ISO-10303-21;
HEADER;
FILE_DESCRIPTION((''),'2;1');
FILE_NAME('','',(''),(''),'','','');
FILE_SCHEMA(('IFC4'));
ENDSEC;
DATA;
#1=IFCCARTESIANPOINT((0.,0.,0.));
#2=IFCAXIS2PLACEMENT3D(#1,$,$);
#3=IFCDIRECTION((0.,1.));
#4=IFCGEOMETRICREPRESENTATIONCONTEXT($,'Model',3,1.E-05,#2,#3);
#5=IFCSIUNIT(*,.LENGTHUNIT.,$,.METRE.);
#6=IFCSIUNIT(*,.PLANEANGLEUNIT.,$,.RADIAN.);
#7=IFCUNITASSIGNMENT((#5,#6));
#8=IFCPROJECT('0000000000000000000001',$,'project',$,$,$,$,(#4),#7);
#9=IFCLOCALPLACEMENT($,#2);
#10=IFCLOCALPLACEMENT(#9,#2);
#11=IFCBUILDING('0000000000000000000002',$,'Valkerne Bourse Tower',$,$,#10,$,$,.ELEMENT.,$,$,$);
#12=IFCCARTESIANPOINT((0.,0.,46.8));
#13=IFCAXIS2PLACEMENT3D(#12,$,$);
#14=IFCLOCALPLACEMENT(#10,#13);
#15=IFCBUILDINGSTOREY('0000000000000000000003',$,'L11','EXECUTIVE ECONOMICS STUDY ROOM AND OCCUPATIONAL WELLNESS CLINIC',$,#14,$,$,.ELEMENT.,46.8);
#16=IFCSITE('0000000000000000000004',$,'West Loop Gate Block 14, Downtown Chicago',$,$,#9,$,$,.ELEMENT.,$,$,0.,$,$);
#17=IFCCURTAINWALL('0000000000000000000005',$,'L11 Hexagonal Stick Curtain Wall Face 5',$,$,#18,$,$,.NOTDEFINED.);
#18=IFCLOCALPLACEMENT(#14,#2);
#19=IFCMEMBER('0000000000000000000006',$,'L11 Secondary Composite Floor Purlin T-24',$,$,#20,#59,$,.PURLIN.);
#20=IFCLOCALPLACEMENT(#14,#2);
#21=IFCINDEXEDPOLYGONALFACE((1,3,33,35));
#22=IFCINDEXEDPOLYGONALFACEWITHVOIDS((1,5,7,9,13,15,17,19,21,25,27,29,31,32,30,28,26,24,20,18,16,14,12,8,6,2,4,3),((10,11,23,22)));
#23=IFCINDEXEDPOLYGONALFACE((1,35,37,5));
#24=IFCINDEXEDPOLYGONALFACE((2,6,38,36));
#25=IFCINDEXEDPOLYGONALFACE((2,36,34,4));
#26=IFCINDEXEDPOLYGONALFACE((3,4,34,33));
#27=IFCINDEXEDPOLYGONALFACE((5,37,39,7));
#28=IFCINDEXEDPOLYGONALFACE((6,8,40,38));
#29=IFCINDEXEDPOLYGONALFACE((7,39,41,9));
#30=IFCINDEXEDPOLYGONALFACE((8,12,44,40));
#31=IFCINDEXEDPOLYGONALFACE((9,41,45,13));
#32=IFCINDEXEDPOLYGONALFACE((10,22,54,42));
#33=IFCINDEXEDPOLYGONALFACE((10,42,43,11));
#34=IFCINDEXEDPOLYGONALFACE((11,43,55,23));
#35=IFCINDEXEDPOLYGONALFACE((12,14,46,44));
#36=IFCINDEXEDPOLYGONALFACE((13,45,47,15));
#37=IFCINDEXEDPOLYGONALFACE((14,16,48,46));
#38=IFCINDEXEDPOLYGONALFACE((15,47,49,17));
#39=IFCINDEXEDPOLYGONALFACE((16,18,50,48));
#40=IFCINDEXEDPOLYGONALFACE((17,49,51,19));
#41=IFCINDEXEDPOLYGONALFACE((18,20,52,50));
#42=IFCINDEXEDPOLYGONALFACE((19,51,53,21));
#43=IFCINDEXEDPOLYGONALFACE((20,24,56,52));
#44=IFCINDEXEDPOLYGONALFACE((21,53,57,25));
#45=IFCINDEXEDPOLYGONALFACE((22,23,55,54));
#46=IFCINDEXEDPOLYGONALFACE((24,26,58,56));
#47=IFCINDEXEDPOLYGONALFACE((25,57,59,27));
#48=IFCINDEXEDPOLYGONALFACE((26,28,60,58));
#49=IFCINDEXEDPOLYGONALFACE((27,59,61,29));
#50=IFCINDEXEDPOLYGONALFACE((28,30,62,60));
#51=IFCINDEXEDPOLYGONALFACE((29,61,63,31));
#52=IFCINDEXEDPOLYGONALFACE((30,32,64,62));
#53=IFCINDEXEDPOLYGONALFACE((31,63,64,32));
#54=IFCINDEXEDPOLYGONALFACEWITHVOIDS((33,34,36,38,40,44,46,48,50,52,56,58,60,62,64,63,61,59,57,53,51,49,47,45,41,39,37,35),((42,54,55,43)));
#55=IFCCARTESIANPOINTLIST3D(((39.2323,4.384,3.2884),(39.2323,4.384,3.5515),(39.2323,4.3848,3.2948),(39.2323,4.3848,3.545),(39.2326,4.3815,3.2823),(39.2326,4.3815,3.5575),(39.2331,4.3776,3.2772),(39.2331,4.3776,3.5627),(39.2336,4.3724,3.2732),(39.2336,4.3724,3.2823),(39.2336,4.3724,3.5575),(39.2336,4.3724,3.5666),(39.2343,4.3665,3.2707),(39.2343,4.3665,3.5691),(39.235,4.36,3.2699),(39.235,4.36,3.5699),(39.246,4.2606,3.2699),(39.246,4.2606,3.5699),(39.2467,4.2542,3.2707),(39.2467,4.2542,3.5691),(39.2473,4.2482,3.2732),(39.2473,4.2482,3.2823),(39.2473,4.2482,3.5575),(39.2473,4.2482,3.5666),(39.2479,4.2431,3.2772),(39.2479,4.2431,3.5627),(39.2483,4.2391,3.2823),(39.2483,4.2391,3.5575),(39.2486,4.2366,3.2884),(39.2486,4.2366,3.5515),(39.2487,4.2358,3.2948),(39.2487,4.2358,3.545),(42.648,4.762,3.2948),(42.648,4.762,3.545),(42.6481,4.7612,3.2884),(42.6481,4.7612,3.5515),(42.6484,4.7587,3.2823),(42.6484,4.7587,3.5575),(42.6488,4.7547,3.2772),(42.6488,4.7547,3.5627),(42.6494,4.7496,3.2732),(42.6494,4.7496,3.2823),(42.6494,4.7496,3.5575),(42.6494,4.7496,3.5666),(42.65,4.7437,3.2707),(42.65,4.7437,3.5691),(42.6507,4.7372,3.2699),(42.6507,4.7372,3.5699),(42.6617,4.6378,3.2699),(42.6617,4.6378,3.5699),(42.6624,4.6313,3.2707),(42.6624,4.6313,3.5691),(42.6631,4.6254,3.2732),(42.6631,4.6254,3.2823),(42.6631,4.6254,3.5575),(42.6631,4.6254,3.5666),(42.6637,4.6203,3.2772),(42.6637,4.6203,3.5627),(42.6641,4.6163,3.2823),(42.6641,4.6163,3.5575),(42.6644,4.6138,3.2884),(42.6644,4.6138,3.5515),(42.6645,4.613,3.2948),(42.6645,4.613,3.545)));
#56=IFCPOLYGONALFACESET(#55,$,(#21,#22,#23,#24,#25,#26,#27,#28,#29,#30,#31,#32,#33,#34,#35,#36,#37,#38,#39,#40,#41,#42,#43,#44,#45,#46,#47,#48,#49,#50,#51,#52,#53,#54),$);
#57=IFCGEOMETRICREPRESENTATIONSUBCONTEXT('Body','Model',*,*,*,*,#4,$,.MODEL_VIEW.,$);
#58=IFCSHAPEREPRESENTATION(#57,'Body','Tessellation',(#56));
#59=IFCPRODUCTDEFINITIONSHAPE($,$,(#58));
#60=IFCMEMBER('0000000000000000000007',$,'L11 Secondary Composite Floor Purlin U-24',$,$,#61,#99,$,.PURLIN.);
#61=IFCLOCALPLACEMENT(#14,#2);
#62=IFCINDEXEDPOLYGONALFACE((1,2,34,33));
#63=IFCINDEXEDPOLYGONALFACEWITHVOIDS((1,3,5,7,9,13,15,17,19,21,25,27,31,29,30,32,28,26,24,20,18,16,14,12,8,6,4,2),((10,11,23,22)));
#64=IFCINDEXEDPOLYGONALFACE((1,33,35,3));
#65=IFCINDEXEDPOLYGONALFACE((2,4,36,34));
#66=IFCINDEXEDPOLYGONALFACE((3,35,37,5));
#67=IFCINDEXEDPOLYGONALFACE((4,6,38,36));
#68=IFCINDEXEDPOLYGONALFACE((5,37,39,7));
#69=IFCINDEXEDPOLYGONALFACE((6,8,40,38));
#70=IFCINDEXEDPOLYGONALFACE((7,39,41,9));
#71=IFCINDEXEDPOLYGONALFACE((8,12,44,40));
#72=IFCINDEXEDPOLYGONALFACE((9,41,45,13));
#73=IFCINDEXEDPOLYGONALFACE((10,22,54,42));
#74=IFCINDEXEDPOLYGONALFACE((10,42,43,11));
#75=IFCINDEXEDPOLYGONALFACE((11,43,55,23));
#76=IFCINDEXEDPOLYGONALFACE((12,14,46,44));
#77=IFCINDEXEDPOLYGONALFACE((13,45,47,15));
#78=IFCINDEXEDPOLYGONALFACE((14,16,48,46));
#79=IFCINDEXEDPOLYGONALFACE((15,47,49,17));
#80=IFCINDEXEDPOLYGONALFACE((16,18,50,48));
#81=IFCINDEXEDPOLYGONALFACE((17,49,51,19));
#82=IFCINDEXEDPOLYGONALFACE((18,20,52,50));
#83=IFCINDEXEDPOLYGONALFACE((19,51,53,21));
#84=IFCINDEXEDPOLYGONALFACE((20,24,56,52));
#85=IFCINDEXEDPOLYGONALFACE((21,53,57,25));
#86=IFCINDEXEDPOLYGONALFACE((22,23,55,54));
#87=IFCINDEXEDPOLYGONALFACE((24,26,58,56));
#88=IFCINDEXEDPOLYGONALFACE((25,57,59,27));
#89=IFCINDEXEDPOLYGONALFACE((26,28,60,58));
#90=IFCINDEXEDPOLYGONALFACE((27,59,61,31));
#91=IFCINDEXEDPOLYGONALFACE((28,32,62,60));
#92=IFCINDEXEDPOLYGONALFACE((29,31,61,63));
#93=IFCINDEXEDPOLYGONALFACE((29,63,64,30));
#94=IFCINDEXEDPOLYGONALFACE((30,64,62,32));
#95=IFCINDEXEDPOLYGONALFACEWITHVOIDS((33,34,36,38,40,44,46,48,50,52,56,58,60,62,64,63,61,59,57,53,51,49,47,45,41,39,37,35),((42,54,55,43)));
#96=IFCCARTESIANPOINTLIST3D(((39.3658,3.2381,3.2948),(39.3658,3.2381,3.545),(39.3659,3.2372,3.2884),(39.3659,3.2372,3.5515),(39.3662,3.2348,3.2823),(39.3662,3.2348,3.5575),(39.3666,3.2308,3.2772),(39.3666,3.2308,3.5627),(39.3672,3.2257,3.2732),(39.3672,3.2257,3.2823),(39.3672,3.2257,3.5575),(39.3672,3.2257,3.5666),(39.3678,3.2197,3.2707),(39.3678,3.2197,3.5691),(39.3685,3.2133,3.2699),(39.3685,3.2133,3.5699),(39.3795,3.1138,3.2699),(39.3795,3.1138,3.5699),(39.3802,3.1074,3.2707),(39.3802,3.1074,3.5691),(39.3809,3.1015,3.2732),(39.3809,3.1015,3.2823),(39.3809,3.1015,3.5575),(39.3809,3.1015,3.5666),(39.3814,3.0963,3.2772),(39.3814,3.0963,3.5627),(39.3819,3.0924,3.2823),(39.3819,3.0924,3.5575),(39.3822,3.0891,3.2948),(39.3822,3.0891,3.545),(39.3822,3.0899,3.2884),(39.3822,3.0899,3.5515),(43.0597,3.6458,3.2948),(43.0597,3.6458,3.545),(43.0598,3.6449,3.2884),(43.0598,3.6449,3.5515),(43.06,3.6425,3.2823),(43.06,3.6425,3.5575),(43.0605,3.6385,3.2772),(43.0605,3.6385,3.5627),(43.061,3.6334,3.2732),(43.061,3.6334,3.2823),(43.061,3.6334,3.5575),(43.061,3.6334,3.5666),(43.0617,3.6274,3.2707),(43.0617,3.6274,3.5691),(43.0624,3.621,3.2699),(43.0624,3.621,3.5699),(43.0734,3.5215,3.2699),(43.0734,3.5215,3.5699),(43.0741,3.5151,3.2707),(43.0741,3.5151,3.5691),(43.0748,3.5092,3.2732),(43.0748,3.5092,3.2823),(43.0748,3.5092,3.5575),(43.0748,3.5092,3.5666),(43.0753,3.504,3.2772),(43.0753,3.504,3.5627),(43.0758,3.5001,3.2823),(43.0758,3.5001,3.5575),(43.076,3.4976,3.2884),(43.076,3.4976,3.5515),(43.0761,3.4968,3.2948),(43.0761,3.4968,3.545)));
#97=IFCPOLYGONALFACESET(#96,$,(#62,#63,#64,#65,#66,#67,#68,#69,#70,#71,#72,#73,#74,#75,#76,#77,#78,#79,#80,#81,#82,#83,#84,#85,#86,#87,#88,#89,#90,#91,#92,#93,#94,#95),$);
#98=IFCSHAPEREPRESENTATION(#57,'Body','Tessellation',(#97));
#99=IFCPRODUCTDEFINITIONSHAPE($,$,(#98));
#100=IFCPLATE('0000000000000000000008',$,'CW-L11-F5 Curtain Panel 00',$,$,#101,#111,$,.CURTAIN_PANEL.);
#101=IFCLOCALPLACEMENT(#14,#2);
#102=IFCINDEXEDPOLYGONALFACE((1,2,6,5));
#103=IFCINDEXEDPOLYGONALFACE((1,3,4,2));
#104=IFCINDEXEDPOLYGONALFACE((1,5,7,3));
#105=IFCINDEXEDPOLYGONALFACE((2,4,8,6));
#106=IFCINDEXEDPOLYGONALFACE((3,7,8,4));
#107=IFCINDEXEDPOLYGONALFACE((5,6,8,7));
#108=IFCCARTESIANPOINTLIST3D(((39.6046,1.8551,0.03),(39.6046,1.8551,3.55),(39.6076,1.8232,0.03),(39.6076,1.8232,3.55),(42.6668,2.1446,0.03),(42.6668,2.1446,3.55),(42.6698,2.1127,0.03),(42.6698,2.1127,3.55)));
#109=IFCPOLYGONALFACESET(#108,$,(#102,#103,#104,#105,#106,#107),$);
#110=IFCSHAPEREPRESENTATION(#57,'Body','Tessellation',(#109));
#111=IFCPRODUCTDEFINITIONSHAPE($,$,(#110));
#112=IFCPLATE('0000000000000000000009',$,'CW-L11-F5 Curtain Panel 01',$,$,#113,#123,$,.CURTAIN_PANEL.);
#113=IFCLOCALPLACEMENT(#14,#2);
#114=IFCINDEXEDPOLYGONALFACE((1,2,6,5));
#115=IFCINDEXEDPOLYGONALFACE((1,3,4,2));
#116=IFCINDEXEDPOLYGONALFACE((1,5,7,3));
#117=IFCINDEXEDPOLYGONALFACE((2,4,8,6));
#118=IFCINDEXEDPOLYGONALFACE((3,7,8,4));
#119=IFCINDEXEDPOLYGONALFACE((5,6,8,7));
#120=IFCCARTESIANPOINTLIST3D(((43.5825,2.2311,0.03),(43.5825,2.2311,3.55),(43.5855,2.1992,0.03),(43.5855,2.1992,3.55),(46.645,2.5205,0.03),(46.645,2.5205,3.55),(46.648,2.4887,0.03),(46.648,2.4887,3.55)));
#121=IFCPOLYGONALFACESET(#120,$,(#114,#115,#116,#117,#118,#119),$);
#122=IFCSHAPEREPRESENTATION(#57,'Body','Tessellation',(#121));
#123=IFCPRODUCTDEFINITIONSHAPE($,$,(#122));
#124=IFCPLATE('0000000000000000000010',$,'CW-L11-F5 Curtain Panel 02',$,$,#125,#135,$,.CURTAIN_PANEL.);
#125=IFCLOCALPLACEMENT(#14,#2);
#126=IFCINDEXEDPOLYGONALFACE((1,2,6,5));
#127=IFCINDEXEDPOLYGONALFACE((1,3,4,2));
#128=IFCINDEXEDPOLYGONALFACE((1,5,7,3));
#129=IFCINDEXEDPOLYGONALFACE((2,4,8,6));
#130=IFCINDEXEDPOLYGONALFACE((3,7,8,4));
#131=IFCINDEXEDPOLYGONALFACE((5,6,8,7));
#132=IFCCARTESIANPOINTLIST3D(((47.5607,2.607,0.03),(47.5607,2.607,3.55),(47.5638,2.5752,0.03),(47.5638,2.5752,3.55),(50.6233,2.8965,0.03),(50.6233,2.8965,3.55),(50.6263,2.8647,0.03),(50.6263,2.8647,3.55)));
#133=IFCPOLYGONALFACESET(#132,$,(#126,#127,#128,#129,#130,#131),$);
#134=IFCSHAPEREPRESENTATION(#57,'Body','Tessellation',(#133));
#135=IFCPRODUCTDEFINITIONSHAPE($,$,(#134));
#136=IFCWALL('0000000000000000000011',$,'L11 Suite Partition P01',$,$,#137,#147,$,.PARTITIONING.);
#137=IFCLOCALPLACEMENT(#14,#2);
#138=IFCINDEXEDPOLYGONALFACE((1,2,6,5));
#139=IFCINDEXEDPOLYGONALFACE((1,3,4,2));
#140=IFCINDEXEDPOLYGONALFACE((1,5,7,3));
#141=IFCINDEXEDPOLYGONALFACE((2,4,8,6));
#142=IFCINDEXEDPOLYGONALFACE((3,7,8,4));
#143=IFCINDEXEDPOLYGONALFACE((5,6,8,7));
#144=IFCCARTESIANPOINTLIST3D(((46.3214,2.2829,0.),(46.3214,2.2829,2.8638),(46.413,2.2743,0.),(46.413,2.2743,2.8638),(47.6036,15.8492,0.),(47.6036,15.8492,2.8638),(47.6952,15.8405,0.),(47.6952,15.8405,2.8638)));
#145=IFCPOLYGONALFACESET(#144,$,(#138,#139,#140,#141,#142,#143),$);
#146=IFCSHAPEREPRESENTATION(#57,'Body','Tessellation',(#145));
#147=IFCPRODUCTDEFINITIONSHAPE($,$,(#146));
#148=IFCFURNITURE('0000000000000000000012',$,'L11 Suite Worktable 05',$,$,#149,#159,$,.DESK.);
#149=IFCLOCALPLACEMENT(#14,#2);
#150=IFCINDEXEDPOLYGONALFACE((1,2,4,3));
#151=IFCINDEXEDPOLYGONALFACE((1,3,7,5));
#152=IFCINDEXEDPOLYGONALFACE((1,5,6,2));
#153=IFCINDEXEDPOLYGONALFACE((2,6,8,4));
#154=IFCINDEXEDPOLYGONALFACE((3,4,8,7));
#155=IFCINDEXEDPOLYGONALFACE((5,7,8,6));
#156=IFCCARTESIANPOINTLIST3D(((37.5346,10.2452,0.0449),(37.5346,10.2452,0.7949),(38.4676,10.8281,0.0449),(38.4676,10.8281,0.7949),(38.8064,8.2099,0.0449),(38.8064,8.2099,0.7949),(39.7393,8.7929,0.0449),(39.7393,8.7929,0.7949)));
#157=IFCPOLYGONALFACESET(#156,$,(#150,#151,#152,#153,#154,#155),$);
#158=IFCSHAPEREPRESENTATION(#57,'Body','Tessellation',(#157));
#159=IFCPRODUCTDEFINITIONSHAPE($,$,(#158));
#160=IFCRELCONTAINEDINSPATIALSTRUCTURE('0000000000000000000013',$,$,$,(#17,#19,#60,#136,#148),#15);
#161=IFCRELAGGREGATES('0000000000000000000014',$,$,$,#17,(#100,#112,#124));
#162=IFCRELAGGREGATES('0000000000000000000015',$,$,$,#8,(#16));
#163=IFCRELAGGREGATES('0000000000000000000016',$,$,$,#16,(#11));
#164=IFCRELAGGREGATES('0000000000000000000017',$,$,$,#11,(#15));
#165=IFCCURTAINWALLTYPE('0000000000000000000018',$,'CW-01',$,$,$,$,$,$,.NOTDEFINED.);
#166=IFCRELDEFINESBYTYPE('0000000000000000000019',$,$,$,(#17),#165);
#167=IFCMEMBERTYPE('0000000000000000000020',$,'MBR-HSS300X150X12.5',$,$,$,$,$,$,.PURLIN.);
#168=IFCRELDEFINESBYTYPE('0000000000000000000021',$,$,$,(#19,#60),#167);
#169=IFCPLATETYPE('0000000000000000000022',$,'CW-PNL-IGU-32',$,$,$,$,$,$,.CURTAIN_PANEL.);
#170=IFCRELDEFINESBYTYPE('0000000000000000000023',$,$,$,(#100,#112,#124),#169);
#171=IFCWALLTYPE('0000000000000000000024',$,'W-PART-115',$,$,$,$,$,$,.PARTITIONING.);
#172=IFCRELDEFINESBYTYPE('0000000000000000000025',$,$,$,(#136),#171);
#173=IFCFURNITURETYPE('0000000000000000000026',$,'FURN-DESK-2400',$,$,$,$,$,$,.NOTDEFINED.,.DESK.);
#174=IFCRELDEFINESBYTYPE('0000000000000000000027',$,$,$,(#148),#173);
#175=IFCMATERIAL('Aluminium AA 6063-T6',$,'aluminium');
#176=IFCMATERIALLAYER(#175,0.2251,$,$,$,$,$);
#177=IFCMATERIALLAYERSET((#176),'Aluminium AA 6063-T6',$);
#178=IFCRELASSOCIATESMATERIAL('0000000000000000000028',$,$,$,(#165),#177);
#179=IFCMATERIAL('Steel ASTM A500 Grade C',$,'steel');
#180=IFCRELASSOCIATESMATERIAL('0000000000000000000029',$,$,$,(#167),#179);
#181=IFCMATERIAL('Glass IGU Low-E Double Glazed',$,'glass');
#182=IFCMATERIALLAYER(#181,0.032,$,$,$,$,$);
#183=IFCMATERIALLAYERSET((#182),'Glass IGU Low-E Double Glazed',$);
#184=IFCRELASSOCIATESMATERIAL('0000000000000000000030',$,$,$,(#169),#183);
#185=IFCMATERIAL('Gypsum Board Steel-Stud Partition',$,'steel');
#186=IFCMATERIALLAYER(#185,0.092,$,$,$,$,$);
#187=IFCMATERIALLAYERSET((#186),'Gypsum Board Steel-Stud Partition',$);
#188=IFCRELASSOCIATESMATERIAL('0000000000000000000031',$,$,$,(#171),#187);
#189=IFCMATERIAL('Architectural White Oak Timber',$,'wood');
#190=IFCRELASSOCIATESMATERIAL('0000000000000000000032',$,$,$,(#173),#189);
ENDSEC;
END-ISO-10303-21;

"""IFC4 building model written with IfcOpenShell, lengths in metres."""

from ifc_helpers import new_model, si_unit, direction, frame, frame_2d, origin, origin_2d, place, context, subcontext, project, spatial, rectangle, hollow_rectangle, extrude, material, layer, layer_set, material_profile, profile_set, type_object, element, aggregate, save


model = new_model("IFC4")

# Units and contexts
model_context = context("Model", 3, precision=1e-05, world=origin(), true_north=direction((0.0, 1.0)))
body_context = subcontext(model_context, "Body", "Model", "MODEL_VIEW")
ifc_project = project(units=[si_unit("LENGTHUNIT", "METRE"), si_unit("PLANEANGLEUNIT", "RADIAN")], contexts=[model_context])

# Site, building, storey
site_placement = place(None, origin())
site = spatial("IfcSite", under=ifc_project, at=site_placement, Name="West Loop Gate Block 14, Downtown Chicago", CompositionType="ELEMENT", RefElevation=0.0)
building_placement = place(site_placement, origin())
building = spatial("IfcBuilding", under=site, at=building_placement, Name="Valkerne Bourse Tower", CompositionType="ELEMENT")
storey_placement = place(building_placement, frame((0.0, 0.0, 46.8)))
storey = spatial("IfcBuildingStorey", under=building, at=storey_placement, Name="L11", Description="EXECUTIVE ECONOMICS STUDY ROOM AND OCCUPATIONAL WELLNESS CLINIC", CompositionType="ELEMENT", Elevation=46.8)

# Curtain wall
ifc_material_1 = material(Name="Aluminium AA 6063-T6", Category="aluminium")
ifc_layer_1 = layer(ifc_material_1, 0.2251)
ifc_layer_set_1 = layer_set([ifc_layer_1], Name="Aluminium AA 6063-T6")
curtain_wall_type = type_object("IfcCurtainWallType", Name="CW-01", PredefinedType="NOTDEFINED", material=ifc_layer_set_1)
curtain_wall_placement = place(storey_placement, origin())
curtain_wall = element("IfcCurtainWall", 1, at=curtain_wall_placement, inside=storey, type_object=curtain_wall_type, Name="L11 Hexagonal Stick Curtain Wall Face 5", PredefinedType="NOTDEFINED")

# Members
ifc_material_2 = material(Name="Steel ASTM A500 Grade C", Category="steel")
ifc_material_profile_1 = material_profile(ifc_material_2, hollow_rectangle(XDim=0.1499, YDim=0.3, WallThickness=0.0125, OuterFilletRadius=0.0249, at=origin_2d()), Name="HSS300X150X12.5")
ifc_profile_set_1 = profile_set([ifc_material_profile_1], Name="Steel ASTM A500 Grade C")
member_type_1 = type_object("IfcMemberType", Name="MBR-HSS300X150X12.5", PredefinedType="PURLIN", material=ifc_profile_set_1)
member_1_placement = place(storey_placement, frame((39.2405, 4.3103, 3.4199), z_axis=(0.993958, 0.109761, 0.0), x_axis=(-0.109761, 0.993958, 0.0)))
element("IfcMember", 2, at=member_1_placement, inside=storey, type_object=member_type_1, Name="L11 Secondary Composite Floor Purlin T-24", PredefinedType="PURLIN", context=body_context, shape_type="SweptSolid", body=[
    extrude(hollow_rectangle(XDim=0.1499, YDim=0.3, WallThickness=0.0125, OuterFilletRadius=0.0249, at=origin_2d()), origin(), (0.0, 0.0, 1.0), 3.4365),
])
member_2_placement = place(storey_placement, frame((39.374, 3.1636, 3.4199), z_axis=(0.993964, 0.10971, 0.0), x_axis=(-0.10971, 0.993964, 0.0)))
element("IfcMember", 3, at=member_2_placement, inside=storey, type_object=member_type_1, Name="L11 Secondary Composite Floor Purlin U-24", PredefinedType="PURLIN", context=body_context, shape_type="SweptSolid", body=[
    extrude(hollow_rectangle(XDim=0.1499, YDim=0.3, WallThickness=0.0125, OuterFilletRadius=0.0249, at=origin_2d()), origin(), (0.0, 0.0, 1.0), 3.7163),
])

# Plates
ifc_material_3 = material(Name="Glass IGU Low-E Double Glazed", Category="glass")
ifc_layer_2 = layer(ifc_material_3, 0.032)
ifc_layer_set_2 = layer_set([ifc_layer_2], Name="Glass IGU Low-E Double Glazed")
plate_type = type_object("IfcPlateType", Name="CW-PNL-IGU-32", PredefinedType="CURTAIN_PANEL", material=ifc_layer_set_2)
plate_1_placement = place(storey_placement, frame((41.1372, 1.9839, 0.03), z_axis=(0.0, 0.0, 1.0), x_axis=(0.995561, 0.094121, 0.0)))
plate_1 = element("IfcPlate", 4, at=plate_1_placement, type_object=plate_type, Name="CW-L11-F5 Curtain Panel 00", PredefinedType="CURTAIN_PANEL", context=body_context, shape_type="SweptSolid", body=[
    extrude(rectangle(XDim=3.0759, YDim=0.032, at=origin_2d()), origin(), (0.0, 0.0, 1.0), 3.52),
])
plate_2_placement = place(storey_placement, frame((45.1152, 2.3599, 0.03), z_axis=(0.0, 0.0, 1.0), x_axis=(0.995563, 0.094093, 0.0)))
plate_2 = element("IfcPlate", 5, at=plate_2_placement, type_object=plate_type, Name="CW-L11-F5 Curtain Panel 01", PredefinedType="CURTAIN_PANEL", context=body_context, shape_type="SweptSolid", body=[
    extrude(rectangle(XDim=3.0762, YDim=0.032, at=origin_2d()), origin(), (0.0, 0.0, 1.0), 3.52),
])
plate_3_placement = place(storey_placement, frame((49.0935, 2.7358, 0.03), z_axis=(0.0, 0.0, 1.0), x_axis=(0.995561, 0.094118, 0.0)))
plate_3 = element("IfcPlate", 6, at=plate_3_placement, type_object=plate_type, Name="CW-L11-F5 Curtain Panel 02", PredefinedType="CURTAIN_PANEL", context=body_context, shape_type="SweptSolid", body=[
    extrude(rectangle(XDim=3.0762, YDim=0.032, at=origin_2d()), origin(), (0.0, 0.0, 1.0), 3.52),
])
aggregate(curtain_wall, [plate_1, plate_2, plate_3])

# Wall
ifc_material_4 = material(Name="Gypsum Board Steel-Stud Partition", Category="steel")
ifc_layer_3 = layer(ifc_material_4, 0.092)
ifc_layer_set_3 = layer_set([ifc_layer_3], Name="Gypsum Board Steel-Stud Partition")
wall_type = type_object("IfcWallType", Name="W-PART-115", PredefinedType="PARTITIONING", material=ifc_layer_set_3)
wall_placement = place(storey_placement, frame((47.6494, 15.845, 0.0), z_axis=(0.0, 0.0, 1.0), x_axis=(-0.094097, -0.995563, 0.0)))
element("IfcWall", 7, at=wall_placement, inside=storey, type_object=wall_type, Name="L11 Suite Partition P01", PredefinedType="PARTITIONING", context=body_context, shape_type="SweptSolid", body=[
    extrude(rectangle(XDim=13.6267, YDim=0.092, at=frame_2d((6.8135, 0.0))), origin(), (0.0, 0.0, 1.0), 2.8638),
])

# Furniture
ifc_material_5 = material(Name="Architectural White Oak Timber", Category="wood")
furniture_type = type_object("IfcFurnitureType", Name="FURN-DESK-2400", AssemblyPlace="NOTDEFINED", PredefinedType="DESK", material=ifc_material_5)
furniture_placement = place(storey_placement, frame((38.637, 9.519, 0.0449), z_axis=(0.0, 0.0, 1.0), x_axis=(-0.529919, 0.848048, 0.0)))
element("IfcFurniture", 8, at=furniture_placement, inside=storey, type_object=furniture_type, Name="L11 Suite Worktable 05", PredefinedType="DESK", context=body_context, shape_type="SweptSolid", body=[
    extrude(rectangle(XDim=2.3999, YDim=1.1001, at=origin_2d()), origin(), (0.0, 0.0, 1.0), 0.75),
])

save(model, "model.ifc")
